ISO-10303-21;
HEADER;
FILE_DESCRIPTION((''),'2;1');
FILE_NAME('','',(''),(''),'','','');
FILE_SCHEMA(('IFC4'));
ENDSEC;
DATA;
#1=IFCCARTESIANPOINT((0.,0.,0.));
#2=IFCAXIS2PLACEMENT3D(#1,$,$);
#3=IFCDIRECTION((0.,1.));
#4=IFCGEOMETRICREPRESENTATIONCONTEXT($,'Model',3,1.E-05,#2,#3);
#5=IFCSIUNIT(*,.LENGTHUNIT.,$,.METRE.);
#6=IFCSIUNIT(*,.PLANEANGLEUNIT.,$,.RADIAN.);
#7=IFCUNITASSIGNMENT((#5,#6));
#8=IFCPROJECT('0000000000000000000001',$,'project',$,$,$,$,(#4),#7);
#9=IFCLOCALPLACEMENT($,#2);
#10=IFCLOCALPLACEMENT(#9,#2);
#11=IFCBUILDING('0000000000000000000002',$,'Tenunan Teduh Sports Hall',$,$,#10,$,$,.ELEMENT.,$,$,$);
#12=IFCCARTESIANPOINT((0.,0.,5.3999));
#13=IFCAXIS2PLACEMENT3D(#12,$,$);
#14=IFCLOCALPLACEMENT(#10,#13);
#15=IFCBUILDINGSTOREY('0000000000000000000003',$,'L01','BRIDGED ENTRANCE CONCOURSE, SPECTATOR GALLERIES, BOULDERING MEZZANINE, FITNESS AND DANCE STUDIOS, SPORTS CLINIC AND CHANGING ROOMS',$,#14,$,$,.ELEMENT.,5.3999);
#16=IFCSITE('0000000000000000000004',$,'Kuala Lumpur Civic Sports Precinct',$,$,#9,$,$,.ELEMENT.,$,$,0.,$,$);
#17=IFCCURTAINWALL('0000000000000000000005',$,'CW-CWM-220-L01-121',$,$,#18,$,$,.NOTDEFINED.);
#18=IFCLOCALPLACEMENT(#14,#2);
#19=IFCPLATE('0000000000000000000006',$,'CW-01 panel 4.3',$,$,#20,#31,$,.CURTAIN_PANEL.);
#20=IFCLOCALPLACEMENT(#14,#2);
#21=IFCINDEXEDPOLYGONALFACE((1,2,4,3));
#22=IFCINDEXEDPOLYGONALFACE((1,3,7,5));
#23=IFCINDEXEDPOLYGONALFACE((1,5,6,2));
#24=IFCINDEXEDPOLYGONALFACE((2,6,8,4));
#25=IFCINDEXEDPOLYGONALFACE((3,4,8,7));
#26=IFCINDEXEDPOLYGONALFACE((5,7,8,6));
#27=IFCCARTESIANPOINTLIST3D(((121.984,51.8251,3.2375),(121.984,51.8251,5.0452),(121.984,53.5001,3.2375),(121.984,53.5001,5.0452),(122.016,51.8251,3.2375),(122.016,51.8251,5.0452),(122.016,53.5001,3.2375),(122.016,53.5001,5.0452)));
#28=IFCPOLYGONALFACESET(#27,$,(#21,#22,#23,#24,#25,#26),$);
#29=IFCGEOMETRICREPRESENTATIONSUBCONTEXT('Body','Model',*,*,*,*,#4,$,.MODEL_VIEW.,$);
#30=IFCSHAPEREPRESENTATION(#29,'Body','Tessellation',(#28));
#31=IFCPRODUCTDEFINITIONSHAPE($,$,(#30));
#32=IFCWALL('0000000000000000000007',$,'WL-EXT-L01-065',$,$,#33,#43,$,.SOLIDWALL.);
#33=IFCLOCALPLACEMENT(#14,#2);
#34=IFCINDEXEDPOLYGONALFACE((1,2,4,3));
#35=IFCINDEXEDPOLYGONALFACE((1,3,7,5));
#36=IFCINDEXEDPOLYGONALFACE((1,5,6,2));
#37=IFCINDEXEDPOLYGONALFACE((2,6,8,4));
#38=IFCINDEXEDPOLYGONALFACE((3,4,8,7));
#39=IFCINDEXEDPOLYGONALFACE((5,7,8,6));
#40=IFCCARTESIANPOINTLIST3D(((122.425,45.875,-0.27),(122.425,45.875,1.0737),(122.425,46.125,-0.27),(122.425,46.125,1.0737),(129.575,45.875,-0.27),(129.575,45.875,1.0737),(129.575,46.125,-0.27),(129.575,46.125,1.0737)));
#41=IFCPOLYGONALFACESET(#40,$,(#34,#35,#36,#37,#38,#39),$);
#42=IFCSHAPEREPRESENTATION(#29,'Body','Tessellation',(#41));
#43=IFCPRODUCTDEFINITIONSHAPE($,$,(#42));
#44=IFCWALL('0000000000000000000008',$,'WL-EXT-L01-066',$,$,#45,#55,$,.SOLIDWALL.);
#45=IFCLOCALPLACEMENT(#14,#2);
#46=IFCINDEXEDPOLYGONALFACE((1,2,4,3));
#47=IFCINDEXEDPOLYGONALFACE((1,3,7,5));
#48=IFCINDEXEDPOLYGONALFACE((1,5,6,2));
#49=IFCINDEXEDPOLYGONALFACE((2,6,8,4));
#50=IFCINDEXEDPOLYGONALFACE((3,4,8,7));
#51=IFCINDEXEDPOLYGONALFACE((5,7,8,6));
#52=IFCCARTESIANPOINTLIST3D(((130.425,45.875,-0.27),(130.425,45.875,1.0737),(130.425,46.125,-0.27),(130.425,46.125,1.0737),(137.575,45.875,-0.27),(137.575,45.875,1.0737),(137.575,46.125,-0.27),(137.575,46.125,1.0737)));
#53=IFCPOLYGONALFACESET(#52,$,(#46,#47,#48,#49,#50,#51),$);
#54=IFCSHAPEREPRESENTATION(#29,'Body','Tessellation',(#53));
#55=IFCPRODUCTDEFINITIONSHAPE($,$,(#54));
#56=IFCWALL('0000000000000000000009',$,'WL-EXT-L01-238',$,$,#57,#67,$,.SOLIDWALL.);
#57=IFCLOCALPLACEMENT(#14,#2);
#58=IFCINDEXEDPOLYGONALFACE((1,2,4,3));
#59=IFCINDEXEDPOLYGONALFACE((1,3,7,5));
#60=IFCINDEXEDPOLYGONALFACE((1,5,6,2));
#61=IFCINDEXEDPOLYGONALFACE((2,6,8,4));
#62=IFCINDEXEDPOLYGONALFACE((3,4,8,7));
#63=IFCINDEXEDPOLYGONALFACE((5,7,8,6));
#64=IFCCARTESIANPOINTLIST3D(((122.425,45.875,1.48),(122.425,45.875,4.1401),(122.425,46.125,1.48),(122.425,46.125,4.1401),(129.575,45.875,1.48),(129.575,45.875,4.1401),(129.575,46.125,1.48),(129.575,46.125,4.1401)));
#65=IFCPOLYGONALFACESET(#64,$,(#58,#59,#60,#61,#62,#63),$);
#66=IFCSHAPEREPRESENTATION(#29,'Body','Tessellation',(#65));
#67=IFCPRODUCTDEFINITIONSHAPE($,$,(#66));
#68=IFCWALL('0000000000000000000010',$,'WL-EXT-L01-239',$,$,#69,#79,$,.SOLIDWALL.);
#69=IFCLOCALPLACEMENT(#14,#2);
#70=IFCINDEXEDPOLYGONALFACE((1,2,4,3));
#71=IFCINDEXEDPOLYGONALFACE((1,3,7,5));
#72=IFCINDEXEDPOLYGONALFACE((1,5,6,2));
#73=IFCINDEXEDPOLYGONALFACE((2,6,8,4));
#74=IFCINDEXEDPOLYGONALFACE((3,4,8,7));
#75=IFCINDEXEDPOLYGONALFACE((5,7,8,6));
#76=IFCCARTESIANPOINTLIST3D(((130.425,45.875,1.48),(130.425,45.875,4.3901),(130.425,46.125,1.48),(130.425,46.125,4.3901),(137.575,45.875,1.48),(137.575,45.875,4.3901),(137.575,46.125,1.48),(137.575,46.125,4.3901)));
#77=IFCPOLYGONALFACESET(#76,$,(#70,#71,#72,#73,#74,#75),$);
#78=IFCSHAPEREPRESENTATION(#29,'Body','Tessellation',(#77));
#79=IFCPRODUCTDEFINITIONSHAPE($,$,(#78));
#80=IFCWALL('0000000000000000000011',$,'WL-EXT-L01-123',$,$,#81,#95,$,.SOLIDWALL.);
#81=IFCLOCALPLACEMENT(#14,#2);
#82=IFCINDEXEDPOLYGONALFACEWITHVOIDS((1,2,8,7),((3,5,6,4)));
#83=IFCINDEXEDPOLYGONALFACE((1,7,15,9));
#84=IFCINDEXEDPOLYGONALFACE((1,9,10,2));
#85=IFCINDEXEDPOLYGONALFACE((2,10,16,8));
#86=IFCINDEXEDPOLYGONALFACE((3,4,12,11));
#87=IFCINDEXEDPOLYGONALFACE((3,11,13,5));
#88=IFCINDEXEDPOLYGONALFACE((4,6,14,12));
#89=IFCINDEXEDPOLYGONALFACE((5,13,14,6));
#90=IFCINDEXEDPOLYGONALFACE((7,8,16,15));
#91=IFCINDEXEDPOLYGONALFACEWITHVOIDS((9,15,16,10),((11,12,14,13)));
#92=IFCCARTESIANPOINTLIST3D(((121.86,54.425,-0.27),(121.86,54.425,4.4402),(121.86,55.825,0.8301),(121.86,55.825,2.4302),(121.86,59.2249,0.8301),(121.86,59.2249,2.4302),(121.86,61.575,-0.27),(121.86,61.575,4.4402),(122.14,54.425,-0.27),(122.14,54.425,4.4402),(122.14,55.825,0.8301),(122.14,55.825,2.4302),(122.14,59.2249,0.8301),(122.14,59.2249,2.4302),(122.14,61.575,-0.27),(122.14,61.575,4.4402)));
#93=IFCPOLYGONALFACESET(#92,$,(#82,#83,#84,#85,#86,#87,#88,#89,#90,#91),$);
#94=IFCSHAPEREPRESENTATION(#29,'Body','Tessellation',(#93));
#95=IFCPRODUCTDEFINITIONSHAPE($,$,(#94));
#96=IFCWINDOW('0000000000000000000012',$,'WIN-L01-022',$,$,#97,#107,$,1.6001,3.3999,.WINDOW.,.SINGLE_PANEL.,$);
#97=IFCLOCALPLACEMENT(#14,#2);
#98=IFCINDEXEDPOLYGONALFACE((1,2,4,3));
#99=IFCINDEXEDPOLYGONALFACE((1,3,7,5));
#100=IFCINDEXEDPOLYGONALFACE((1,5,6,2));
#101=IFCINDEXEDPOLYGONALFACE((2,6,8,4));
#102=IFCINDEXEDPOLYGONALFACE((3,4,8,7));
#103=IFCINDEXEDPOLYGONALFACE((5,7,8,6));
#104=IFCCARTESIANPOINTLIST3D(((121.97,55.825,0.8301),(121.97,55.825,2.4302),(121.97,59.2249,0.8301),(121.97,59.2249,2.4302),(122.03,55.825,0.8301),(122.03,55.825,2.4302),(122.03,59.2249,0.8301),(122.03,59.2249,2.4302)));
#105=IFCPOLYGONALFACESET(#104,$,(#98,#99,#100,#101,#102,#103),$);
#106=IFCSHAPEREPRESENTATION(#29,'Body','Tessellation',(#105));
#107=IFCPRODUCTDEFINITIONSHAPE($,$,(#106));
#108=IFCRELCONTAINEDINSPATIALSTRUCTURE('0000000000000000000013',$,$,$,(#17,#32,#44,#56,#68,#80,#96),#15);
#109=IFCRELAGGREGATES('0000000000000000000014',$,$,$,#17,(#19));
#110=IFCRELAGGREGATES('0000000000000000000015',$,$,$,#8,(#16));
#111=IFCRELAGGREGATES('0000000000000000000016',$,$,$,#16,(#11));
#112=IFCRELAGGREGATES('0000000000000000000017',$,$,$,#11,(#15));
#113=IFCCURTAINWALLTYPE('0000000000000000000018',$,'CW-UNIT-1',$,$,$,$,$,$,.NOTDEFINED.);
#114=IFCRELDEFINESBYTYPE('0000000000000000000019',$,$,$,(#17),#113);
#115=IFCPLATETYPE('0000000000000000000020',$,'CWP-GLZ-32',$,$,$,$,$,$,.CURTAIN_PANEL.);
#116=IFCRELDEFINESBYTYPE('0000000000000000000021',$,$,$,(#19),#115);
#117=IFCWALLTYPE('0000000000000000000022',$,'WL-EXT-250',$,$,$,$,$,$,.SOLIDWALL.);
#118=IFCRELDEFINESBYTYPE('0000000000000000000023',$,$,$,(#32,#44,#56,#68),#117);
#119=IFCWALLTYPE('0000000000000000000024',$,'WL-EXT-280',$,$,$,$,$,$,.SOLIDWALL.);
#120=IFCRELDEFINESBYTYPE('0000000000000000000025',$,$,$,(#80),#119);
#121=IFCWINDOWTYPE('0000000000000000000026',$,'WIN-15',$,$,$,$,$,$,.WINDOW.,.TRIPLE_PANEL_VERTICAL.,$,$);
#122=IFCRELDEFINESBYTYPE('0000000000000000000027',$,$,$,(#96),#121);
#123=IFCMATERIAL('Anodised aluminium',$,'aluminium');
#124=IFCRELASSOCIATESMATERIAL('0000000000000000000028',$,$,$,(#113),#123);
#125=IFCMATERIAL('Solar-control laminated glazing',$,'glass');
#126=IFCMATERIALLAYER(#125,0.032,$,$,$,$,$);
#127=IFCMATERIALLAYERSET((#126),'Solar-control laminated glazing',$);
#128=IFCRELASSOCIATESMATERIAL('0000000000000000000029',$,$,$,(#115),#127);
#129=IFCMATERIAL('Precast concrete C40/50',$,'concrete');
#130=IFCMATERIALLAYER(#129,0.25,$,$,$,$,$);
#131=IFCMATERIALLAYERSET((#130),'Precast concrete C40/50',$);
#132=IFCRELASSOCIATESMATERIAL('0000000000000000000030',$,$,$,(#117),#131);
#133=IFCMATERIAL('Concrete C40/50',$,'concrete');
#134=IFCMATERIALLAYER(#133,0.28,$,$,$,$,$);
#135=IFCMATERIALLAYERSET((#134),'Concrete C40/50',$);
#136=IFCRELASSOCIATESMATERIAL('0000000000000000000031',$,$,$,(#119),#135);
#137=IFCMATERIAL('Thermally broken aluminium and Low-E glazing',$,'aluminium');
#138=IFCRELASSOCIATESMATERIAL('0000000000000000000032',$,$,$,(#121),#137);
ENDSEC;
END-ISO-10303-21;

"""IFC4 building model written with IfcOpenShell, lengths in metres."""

from ifc_helpers import new_model, si_unit, direction, frame, frame_2d, origin, origin_2d, place, context, subcontext, project, spatial, rectangle, extrude, material, layer, layer_set, type_object, element, fill, aggregate, save


model = new_model("IFC4")

# Units and contexts
model_context = context("Model", 3, precision=1e-05, world=origin(), true_north=direction((0.0, 1.0)))
body_context = subcontext(model_context, "Body", "Model", "MODEL_VIEW")
ifc_project = project(units=[si_unit("LENGTHUNIT", "METRE"), si_unit("PLANEANGLEUNIT", "RADIAN")], contexts=[model_context])

# Site, building, storey
site_placement = place(None, origin())
site = spatial("IfcSite", under=ifc_project, at=site_placement, Name="Kuala Lumpur Civic Sports Precinct", CompositionType="ELEMENT", RefElevation=0.0)
building_placement = place(site_placement, origin())
building = spatial("IfcBuilding", under=site, at=building_placement, Name="Tenunan Teduh Sports Hall", CompositionType="ELEMENT")
storey_placement = place(building_placement, frame((0.0, 0.0, 5.3999)))
storey = spatial("IfcBuildingStorey", under=building, at=storey_placement, Name="L01", Description="BRIDGED ENTRANCE CONCOURSE, SPECTATOR GALLERIES, BOULDERING MEZZANINE, FITNESS AND DANCE STUDIOS, SPORTS CLINIC AND CHANGING ROOMS", CompositionType="ELEMENT", Elevation=5.3999)

# Curtain wall
ifc_material_1 = material(Name="Anodised aluminium", Category="aluminium")
curtain_wall_type = type_object("IfcCurtainWallType", Name="CW-UNIT-1", PredefinedType="NOTDEFINED", material=ifc_material_1)
curtain_wall_placement = place(storey_placement, origin())
curtain_wall = element("IfcCurtainWall", 1, at=curtain_wall_placement, inside=storey, type_object=curtain_wall_type, Name="CW-CWM-220-L01-121", PredefinedType="NOTDEFINED")

# Plate
ifc_material_2 = material(Name="Solar-control laminated glazing", Category="glass")
ifc_layer_1 = layer(ifc_material_2, 0.032)
ifc_layer_set_1 = layer_set([ifc_layer_1], Name="Solar-control laminated glazing")
plate_type = type_object("IfcPlateType", Name="CWP-GLZ-32", PredefinedType="CURTAIN_PANEL", material=ifc_layer_set_1)
plate_placement = place(storey_placement, frame((122.0, 52.6626, 3.2375), z_axis=(0.0, 0.0, 1.0), x_axis=(0.0, 1.0, 0.0)))
plate = element("IfcPlate", 2, at=plate_placement, type_object=plate_type, Name="CW-01 panel 4.3", PredefinedType="CURTAIN_PANEL", context=body_context, shape_type="SweptSolid", body=[
    extrude(rectangle(XDim=1.675, YDim=0.032, at=origin_2d()), origin(), (0.0, 0.0, 1.0), 1.8076),
])
aggregate(curtain_wall, [plate])

# Walls
ifc_material_3 = material(Name="Precast concrete C40/50", Category="concrete")
ifc_layer_2 = layer(ifc_material_3, 0.25)
ifc_layer_set_2 = layer_set([ifc_layer_2], Name="Precast concrete C40/50")
wall_type_1 = type_object("IfcWallType", Name="WL-EXT-250", PredefinedType="SOLIDWALL", material=ifc_layer_set_2)
for number, where, z_axis, x_axis, name in (
    (3, (122.425, 46.0, -0.27), (0.0, 0.0, 1.0), (1.0, 0.0, 0.0), "WL-EXT-L01-065"),
    (4, (130.425, 46.0, -0.27), (0.0, 0.0, 1.0), (1.0, 0.0, 0.0), "WL-EXT-L01-066"),
):
    element("IfcWall", number, at=place(storey_placement, frame(where, z_axis=z_axis, x_axis=x_axis)), inside=storey, type_object=wall_type_1, Name=name, PredefinedType="SOLIDWALL", context=body_context, shape_type="SweptSolid", body=[
        extrude(rectangle(XDim=7.1499, YDim=0.25, at=frame_2d((3.575, 0.0))), origin(), (0.0, 0.0, 1.0), 1.3438),
    ])
wall_1_placement = place(storey_placement, frame((122.425, 46.0, 1.48), z_axis=(0.0, 0.0, 1.0), x_axis=(1.0, 0.0, 0.0)))
element("IfcWall", 5, at=wall_1_placement, inside=storey, type_object=wall_type_1, Name="WL-EXT-L01-238", PredefinedType="SOLIDWALL", context=body_context, shape_type="SweptSolid", body=[
    extrude(rectangle(XDim=7.1499, YDim=0.25, at=frame_2d((3.575, 0.0))), origin(), (0.0, 0.0, 1.0), 2.6602),
])
wall_2_placement = place(storey_placement, frame((130.425, 46.0, 1.48), z_axis=(0.0, 0.0, 1.0), x_axis=(1.0, 0.0, 0.0)))
element("IfcWall", 6, at=wall_2_placement, inside=storey, type_object=wall_type_1, Name="WL-EXT-L01-239", PredefinedType="SOLIDWALL", context=body_context, shape_type="SweptSolid", body=[
    extrude(rectangle(XDim=7.1499, YDim=0.25, at=frame_2d((3.575, 0.0))), origin(), (0.0, 0.0, 1.0), 2.9102),
])

# Wall, opening, window
ifc_material_4 = material(Name="Concrete C40/50", Category="concrete")
ifc_layer_3 = layer(ifc_material_4, 0.28)
ifc_layer_set_3 = layer_set([ifc_layer_3], Name="Concrete C40/50")
wall_type_2 = type_object("IfcWallType", Name="WL-EXT-280", PredefinedType="SOLIDWALL", material=ifc_layer_set_3)
wall_3_placement = place(storey_placement, frame((122.0, 54.425, -0.27), z_axis=(0.0, 0.0, 1.0), x_axis=(0.0, 1.0, 0.0)))
wall_3 = element("IfcWall", 7, at=wall_3_placement, inside=storey, type_object=wall_type_2, Name="WL-EXT-L01-123", PredefinedType="SOLIDWALL", context=body_context, shape_type="SweptSolid", body=[
    extrude(rectangle(XDim=7.1499, YDim=0.28, at=frame_2d((3.575, 0.0))), origin(), (0.0, 0.0, 1.0), 4.7102),
])
opening_placement = place(wall_3_placement, frame((1.3999, 0.0, 1.1001)))
opening = element("IfcOpeningElement", 8, at=opening_placement, cuts=wall_3, PredefinedType="OPENING", context=body_context, shape_type="SweptSolid", body=[
    extrude(rectangle(XDim=3.3999, YDim=1.6001, at=frame_2d((1.7, 0.8))), frame((0.0, 0.1499, 0.0), z_axis=(0.0, -1.0, 0.0), x_axis=(1.0, 0.0, 0.0)), (0.0, 0.0, 1.0), 0.3),
])
ifc_material_5 = material(Name="Thermally broken aluminium and Low-E glazing", Category="aluminium")
window_type = type_object("IfcWindowType", Name="WIN-15", PartitioningType="TRIPLE_PANEL_VERTICAL", PredefinedType="WINDOW", material=ifc_material_5)
window_placement = place(opening_placement, origin())
window = element("IfcWindow", 9, at=window_placement, inside=storey, type_object=window_type, Name="WIN-L01-022", OverallHeight=1.6001, OverallWidth=3.3999, PartitioningType="SINGLE_PANEL", PredefinedType="WINDOW", context=body_context, shape_type="SweptSolid", body=[
    extrude(rectangle(XDim=3.3999, YDim=1.6001, at=frame_2d((1.7, 0.8))), frame((0.0, 0.03, 0.0), z_axis=(0.0, -1.0, 0.0), x_axis=(1.0, 0.0, 0.0)), (0.0, 0.0, 1.0), 0.0601),
])
fill(opening, window)

save(model, "model.ifc")
